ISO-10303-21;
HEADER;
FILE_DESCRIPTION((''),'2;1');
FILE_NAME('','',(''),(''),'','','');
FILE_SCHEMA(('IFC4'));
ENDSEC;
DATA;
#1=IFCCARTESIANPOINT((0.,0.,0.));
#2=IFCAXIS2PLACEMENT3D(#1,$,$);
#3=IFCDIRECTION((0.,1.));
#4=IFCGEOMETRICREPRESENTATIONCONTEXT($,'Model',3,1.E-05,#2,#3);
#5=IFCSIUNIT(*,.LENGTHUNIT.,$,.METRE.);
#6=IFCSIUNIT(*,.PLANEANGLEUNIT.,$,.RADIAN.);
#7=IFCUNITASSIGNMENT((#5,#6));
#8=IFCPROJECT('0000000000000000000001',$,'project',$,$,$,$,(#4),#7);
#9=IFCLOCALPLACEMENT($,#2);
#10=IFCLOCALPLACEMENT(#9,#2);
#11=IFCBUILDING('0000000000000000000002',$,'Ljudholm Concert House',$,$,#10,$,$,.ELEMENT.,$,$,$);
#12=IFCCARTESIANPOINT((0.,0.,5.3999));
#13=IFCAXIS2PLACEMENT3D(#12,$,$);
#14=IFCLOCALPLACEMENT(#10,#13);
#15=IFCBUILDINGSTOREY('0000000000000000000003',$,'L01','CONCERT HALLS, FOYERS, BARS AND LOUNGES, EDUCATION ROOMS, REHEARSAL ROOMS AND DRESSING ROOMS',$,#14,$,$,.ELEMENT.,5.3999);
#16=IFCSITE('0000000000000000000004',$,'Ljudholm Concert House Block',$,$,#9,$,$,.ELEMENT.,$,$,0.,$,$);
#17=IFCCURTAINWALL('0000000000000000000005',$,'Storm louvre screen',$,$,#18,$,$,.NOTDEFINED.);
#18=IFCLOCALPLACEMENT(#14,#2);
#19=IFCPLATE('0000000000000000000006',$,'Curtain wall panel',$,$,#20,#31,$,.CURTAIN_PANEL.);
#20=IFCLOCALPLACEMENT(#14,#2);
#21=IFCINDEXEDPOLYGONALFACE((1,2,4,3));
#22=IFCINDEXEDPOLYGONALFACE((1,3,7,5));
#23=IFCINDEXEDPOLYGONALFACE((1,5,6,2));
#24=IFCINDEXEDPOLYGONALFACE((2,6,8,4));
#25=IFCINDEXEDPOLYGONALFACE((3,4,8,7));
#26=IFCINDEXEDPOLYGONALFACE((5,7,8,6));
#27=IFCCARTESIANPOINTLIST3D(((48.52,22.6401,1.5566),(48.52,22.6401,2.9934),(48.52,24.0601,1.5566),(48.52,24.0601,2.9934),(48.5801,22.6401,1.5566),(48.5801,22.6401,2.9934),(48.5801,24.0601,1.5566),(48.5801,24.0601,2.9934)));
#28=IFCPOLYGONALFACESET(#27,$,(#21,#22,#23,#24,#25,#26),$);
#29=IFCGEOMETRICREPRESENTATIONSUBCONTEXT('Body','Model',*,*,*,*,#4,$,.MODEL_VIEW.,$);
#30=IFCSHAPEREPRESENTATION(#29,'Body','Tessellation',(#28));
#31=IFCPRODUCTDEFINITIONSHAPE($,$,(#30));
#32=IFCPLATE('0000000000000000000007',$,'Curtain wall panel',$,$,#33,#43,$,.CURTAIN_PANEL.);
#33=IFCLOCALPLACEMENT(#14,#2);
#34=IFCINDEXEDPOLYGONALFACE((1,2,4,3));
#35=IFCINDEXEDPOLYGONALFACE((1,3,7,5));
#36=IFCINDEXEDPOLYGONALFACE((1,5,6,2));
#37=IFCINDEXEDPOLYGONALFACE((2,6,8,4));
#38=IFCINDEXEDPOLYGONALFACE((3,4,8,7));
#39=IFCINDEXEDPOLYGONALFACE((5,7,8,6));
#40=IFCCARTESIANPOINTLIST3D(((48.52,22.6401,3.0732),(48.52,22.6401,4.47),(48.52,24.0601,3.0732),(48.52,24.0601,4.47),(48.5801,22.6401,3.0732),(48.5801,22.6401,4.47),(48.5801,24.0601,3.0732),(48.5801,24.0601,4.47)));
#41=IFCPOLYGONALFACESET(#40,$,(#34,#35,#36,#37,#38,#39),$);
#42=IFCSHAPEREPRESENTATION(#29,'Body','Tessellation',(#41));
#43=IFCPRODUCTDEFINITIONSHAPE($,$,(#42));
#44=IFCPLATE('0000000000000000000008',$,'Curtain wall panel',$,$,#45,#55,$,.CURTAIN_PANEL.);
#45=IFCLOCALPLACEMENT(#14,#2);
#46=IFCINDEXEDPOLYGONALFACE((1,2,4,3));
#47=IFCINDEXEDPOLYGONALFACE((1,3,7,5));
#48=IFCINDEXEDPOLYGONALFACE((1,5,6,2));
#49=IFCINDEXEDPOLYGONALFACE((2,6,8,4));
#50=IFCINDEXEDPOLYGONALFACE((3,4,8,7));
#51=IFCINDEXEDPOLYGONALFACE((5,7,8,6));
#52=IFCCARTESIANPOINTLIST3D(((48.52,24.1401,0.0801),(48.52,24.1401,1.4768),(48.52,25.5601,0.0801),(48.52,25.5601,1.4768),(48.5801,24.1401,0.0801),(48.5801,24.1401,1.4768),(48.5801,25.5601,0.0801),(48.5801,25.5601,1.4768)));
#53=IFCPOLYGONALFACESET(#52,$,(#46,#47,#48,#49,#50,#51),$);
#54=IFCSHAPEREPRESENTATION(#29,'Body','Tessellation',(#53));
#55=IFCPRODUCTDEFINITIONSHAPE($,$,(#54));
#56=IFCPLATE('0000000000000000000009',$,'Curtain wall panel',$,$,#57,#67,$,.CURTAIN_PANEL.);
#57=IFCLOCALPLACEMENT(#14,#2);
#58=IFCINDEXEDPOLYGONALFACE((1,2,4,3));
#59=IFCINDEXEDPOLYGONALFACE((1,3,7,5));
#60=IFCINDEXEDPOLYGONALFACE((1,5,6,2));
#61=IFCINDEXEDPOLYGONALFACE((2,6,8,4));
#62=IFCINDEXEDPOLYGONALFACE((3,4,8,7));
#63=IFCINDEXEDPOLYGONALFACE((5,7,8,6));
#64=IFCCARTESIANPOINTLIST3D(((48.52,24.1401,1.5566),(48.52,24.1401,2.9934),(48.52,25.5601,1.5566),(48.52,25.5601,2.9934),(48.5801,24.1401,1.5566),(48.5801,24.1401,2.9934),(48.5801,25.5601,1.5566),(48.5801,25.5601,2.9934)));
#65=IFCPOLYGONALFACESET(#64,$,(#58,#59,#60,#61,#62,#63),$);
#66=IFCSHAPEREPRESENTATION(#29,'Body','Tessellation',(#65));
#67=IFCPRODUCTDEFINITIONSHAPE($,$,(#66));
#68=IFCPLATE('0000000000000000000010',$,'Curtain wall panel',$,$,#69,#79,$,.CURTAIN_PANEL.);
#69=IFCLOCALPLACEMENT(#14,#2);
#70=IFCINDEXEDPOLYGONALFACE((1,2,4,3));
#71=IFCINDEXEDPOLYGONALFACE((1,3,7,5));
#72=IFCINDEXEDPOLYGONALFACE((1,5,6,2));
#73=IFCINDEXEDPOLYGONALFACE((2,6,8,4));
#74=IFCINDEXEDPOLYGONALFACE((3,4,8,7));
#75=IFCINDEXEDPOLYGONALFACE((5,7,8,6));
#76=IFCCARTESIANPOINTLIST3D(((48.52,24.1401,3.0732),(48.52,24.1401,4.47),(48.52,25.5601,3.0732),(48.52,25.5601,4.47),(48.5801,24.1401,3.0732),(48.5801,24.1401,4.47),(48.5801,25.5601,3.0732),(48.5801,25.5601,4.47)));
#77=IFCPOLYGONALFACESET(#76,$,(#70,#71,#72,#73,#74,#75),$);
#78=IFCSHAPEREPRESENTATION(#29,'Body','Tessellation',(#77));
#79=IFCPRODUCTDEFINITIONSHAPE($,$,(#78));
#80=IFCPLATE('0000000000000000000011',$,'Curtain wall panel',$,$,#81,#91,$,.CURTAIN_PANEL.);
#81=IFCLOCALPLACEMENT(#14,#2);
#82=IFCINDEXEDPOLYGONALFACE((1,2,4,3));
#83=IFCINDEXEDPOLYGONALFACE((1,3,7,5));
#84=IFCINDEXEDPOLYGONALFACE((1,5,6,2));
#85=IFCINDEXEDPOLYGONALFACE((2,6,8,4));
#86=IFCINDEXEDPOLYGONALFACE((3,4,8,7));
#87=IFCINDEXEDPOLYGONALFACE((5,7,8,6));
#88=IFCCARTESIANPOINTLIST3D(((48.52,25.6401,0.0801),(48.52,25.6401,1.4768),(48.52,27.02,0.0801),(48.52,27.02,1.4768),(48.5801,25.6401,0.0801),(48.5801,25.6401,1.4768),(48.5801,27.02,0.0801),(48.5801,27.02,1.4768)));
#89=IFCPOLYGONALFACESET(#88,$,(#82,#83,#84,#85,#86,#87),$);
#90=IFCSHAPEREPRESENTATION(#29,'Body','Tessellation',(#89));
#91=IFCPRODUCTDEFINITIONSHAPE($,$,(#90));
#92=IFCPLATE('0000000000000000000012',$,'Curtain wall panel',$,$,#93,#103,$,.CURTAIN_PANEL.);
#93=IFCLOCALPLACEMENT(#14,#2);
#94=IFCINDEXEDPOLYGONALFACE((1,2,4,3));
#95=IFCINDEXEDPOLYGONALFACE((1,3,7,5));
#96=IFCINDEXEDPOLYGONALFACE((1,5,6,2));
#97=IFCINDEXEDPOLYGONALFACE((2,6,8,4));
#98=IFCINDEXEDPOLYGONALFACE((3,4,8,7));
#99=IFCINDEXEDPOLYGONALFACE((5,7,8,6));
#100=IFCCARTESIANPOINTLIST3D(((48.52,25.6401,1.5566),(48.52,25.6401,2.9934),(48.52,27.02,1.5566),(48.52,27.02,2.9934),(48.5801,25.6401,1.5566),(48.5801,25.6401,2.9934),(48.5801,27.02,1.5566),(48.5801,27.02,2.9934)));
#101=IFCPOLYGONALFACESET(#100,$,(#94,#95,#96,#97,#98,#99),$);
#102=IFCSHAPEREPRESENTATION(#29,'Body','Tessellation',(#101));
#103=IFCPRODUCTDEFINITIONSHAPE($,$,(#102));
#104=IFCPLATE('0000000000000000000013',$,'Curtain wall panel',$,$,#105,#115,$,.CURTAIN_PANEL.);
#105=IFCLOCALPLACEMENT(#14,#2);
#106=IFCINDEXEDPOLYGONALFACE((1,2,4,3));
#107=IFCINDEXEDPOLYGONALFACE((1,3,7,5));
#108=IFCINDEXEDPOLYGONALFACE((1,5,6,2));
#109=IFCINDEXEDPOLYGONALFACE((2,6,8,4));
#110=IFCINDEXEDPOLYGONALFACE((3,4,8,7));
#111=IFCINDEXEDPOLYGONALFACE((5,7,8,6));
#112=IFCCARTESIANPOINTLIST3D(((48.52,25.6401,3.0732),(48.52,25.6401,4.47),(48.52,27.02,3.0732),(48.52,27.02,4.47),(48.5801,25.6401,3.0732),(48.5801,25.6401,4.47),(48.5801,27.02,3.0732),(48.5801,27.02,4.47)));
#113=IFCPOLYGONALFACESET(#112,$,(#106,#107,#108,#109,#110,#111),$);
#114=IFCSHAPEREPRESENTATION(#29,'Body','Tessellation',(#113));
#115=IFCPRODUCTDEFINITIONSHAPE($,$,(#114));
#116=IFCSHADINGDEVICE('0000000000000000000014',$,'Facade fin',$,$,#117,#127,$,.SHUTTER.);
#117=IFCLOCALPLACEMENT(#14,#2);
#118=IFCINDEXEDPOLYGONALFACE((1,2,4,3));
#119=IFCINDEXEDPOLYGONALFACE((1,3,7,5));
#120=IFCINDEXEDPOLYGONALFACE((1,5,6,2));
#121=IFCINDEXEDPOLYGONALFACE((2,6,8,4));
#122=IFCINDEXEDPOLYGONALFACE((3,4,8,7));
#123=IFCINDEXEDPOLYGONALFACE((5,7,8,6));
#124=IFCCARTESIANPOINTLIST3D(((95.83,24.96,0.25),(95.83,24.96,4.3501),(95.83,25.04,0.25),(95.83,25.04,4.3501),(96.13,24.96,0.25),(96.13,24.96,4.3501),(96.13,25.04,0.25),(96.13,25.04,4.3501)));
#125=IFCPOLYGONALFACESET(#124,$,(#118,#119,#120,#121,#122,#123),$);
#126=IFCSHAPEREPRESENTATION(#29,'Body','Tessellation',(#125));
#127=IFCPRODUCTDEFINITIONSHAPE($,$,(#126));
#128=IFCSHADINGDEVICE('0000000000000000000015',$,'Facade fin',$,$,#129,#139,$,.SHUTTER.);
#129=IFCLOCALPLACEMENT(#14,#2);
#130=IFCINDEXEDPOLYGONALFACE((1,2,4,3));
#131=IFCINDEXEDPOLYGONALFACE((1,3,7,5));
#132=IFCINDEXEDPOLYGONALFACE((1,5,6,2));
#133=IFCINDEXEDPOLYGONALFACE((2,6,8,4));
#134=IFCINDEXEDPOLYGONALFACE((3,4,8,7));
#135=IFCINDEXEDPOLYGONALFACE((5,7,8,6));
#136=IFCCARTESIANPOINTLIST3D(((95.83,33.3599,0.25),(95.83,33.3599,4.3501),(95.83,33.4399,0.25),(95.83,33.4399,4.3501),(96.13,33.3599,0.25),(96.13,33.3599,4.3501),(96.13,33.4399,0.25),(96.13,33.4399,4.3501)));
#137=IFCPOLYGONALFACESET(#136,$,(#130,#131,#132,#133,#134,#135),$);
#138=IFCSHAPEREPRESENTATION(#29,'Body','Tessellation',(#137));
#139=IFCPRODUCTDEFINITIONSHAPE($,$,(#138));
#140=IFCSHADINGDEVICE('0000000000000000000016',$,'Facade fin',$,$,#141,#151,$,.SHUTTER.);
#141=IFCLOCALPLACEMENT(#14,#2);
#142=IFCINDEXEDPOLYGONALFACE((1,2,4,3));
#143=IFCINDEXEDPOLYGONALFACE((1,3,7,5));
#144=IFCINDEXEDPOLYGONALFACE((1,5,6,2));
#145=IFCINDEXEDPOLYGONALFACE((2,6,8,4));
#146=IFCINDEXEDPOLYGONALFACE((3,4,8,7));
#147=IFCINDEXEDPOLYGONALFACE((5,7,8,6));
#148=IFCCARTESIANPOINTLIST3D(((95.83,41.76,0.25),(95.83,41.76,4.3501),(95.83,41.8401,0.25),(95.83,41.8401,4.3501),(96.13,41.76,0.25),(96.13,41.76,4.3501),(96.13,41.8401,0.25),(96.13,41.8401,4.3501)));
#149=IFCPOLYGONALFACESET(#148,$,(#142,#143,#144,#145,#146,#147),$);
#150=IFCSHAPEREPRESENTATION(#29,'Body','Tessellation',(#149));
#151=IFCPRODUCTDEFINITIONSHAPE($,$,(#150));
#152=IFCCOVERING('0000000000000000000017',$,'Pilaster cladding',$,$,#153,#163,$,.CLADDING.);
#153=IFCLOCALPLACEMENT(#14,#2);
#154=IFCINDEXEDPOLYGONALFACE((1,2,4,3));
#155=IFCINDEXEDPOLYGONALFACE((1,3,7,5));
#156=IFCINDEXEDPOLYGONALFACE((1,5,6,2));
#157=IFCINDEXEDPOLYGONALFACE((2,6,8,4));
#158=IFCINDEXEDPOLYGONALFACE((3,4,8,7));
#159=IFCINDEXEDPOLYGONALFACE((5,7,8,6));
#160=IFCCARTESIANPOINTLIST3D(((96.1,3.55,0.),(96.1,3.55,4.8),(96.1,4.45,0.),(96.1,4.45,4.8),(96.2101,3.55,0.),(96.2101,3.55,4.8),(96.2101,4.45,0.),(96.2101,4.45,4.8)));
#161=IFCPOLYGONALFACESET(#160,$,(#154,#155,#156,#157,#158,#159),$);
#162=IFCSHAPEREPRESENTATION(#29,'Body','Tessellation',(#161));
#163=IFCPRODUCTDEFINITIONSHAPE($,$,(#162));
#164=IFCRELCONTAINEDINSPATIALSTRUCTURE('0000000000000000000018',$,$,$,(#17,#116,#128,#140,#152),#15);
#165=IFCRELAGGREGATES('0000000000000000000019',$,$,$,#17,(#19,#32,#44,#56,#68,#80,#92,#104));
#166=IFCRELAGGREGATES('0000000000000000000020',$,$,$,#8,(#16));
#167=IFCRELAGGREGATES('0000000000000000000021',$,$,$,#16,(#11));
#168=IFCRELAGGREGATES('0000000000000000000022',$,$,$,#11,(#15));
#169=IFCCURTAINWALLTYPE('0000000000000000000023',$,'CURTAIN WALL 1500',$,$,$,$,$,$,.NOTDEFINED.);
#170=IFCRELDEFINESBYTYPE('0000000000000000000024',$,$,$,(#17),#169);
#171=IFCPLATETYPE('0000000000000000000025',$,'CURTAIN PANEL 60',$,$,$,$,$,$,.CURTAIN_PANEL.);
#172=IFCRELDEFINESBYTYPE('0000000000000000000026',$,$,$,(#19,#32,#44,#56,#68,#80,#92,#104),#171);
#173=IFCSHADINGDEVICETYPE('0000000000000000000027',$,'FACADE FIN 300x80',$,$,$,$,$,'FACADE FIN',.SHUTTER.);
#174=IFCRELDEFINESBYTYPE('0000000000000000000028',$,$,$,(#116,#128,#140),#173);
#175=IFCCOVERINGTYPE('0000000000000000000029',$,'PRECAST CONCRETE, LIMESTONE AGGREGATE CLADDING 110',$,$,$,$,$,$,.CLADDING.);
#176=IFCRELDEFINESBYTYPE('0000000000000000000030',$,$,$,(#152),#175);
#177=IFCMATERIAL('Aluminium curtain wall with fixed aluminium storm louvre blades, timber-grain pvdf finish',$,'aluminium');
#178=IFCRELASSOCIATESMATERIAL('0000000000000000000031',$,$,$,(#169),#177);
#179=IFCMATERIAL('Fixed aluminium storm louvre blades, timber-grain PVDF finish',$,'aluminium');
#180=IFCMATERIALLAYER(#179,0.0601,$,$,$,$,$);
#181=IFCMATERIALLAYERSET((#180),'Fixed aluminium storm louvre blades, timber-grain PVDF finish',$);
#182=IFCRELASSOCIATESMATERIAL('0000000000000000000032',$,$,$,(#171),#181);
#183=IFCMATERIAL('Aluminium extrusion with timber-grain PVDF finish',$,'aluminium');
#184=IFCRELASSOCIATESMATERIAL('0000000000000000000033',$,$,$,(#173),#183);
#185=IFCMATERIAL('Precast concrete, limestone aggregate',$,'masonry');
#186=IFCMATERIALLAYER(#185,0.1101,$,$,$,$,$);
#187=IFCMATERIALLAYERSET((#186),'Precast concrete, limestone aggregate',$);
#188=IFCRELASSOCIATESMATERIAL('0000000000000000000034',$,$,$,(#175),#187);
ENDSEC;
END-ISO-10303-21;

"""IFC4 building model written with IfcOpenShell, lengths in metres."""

from ifc_helpers import new_model, si_unit, direction, frame, origin, origin_2d, place, context, subcontext, project, spatial, rectangle, extrude, material, layer, layer_set, type_object, element, aggregate, save


model = new_model("IFC4")

# Units and contexts
model_context = context("Model", 3, precision=1e-05, world=origin(), true_north=direction((0.0, 1.0)))
body_context = subcontext(model_context, "Body", "Model", "MODEL_VIEW")
ifc_project = project(units=[si_unit("LENGTHUNIT", "METRE"), si_unit("PLANEANGLEUNIT", "RADIAN")], contexts=[model_context])

# Site, building, storey
site_placement = place(None, origin())
site = spatial("IfcSite", under=ifc_project, at=site_placement, Name="Ljudholm Concert House Block", CompositionType="ELEMENT", RefElevation=0.0)
building_placement = place(site_placement, origin())
building = spatial("IfcBuilding", under=site, at=building_placement, Name="Ljudholm Concert House", CompositionType="ELEMENT")
storey_placement = place(building_placement, frame((0.0, 0.0, 5.3999)))
storey = spatial("IfcBuildingStorey", under=building, at=storey_placement, Name="L01", Description="CONCERT HALLS, FOYERS, BARS AND LOUNGES, EDUCATION ROOMS, REHEARSAL ROOMS AND DRESSING ROOMS", CompositionType="ELEMENT", Elevation=5.3999)

# Curtain wall, plates
ifc_material_1 = material(Name="Aluminium curtain wall with fixed aluminium storm louvre blades, timber-grain pvdf finish", Category="aluminium")
curtain_wall_type = type_object("IfcCurtainWallType", Name="CURTAIN WALL 1500", PredefinedType="NOTDEFINED", material=ifc_material_1)
curtain_wall_placement = place(storey_placement, origin())
curtain_wall = element("IfcCurtainWall", 1, at=curtain_wall_placement, inside=storey, type_object=curtain_wall_type, Name="Storm louvre screen", PredefinedType="NOTDEFINED")
ifc_material_2 = material(Name="Fixed aluminium storm louvre blades, timber-grain PVDF finish", Category="aluminium")
ifc_layer_1 = layer(ifc_material_2, 0.0601)
ifc_layer_set_1 = layer_set([ifc_layer_1], Name="Fixed aluminium storm louvre blades, timber-grain PVDF finish")
plate_type = type_object("IfcPlateType", Name="CURTAIN PANEL 60", PredefinedType="CURTAIN_PANEL", material=ifc_layer_set_1)
plate_1_placement = place(storey_placement, frame((48.55, 23.3501, 1.5566), z_axis=(0.0, 0.0, 1.0), x_axis=(0.0, 1.0, 0.0)))
plate_1 = element("IfcPlate", 2, at=plate_1_placement, type_object=plate_type, Name="Curtain wall panel", PredefinedType="CURTAIN_PANEL", context=body_context, shape_type="SweptSolid", body=[
    extrude(rectangle(XDim=1.4199, YDim=0.0601, at=origin_2d()), origin(), (0.0, 0.0, 1.0), 1.4368),
])
plate_2_placement = place(storey_placement, frame((48.55, 23.3501, 3.0732), z_axis=(0.0, 0.0, 1.0), x_axis=(0.0, 1.0, 0.0)))
plate_2 = element("IfcPlate", 3, at=plate_2_placement, type_object=plate_type, Name="Curtain wall panel", PredefinedType="CURTAIN_PANEL", context=body_context, shape_type="SweptSolid", body=[
    extrude(rectangle(XDim=1.4199, YDim=0.0601, at=origin_2d()), origin(), (0.0, 0.0, 1.0), 1.3967),
])
plate_3_placement = place(storey_placement, frame((48.55, 24.8501, 0.0801), z_axis=(0.0, 0.0, 1.0), x_axis=(0.0, 1.0, 0.0)))
plate_3 = element("IfcPlate", 4, at=plate_3_placement, type_object=plate_type, Name="Curtain wall panel", PredefinedType="CURTAIN_PANEL", context=body_context, shape_type="SweptSolid", body=[
    extrude(rectangle(XDim=1.4199, YDim=0.0601, at=origin_2d()), origin(), (0.0, 0.0, 1.0), 1.3967),
])
plate_4_placement = place(storey_placement, frame((48.55, 24.8501, 1.5566), z_axis=(0.0, 0.0, 1.0), x_axis=(0.0, 1.0, 0.0)))
plate_4 = element("IfcPlate", 5, at=plate_4_placement, type_object=plate_type, Name="Curtain wall panel", PredefinedType="CURTAIN_PANEL", context=body_context, shape_type="SweptSolid", body=[
    extrude(rectangle(XDim=1.4199, YDim=0.0601, at=origin_2d()), origin(), (0.0, 0.0, 1.0), 1.4368),
])
plate_5_placement = place(storey_placement, frame((48.55, 24.8501, 3.0732), z_axis=(0.0, 0.0, 1.0), x_axis=(0.0, 1.0, 0.0)))
plate_5 = element("IfcPlate", 6, at=plate_5_placement, type_object=plate_type, Name="Curtain wall panel", PredefinedType="CURTAIN_PANEL", context=body_context, shape_type="SweptSolid", body=[
    extrude(rectangle(XDim=1.4199, YDim=0.0601, at=origin_2d()), origin(), (0.0, 0.0, 1.0), 1.3967),
])
plate_6_placement = place(storey_placement, frame((48.55, 26.3301, 0.0801), z_axis=(0.0, 0.0, 1.0), x_axis=(0.0, 1.0, 0.0)))
plate_6 = element("IfcPlate", 7, at=plate_6_placement, type_object=plate_type, Name="Curtain wall panel", PredefinedType="CURTAIN_PANEL", context=body_context, shape_type="SweptSolid", body=[
    extrude(rectangle(XDim=1.3799, YDim=0.0601, at=origin_2d()), origin(), (0.0, 0.0, 1.0), 1.3967),
])
plate_7_placement = place(storey_placement, frame((48.55, 26.3301, 1.5566), z_axis=(0.0, 0.0, 1.0), x_axis=(0.0, 1.0, 0.0)))
plate_7 = element("IfcPlate", 8, at=plate_7_placement, type_object=plate_type, Name="Curtain wall panel", PredefinedType="CURTAIN_PANEL", context=body_context, shape_type="SweptSolid", body=[
    extrude(rectangle(XDim=1.3799, YDim=0.0601, at=origin_2d()), origin(), (0.0, 0.0, 1.0), 1.4368),
])
plate_8_placement = place(storey_placement, frame((48.55, 26.3301, 3.0732), z_axis=(0.0, 0.0, 1.0), x_axis=(0.0, 1.0, 0.0)))
plate_8 = element("IfcPlate", 9, at=plate_8_placement, type_object=plate_type, Name="Curtain wall panel", PredefinedType="CURTAIN_PANEL", context=body_context, shape_type="SweptSolid", body=[
    extrude(rectangle(XDim=1.3799, YDim=0.0601, at=origin_2d()), origin(), (0.0, 0.0, 1.0), 1.3967),
])
aggregate(curtain_wall, [plate_1, plate_2, plate_3, plate_4, plate_5, plate_6, plate_7, plate_8])

# Shading devices
ifc_material_3 = material(Name="Aluminium extrusion with timber-grain PVDF finish", Category="aluminium")
shading_device_type = type_object("IfcShadingDeviceType", Name="FACADE FIN 300x80", ElementType="FACADE FIN", PredefinedType="SHUTTER", material=ifc_material_3)
for number, where, z_axis, x_axis, name in (
    (10, (95.98, 25.0, 0.25), (0.0, 0.0, 1.0), (-1.0, 0.0, 0.0), "Facade fin"),
    (11, (95.98, 33.3999, 0.25), (0.0, 0.0, 1.0), (-1.0, 0.0, 0.0), "Facade fin"),
    (12, (95.98, 41.8, 0.25), (0.0, 0.0, 1.0), (-1.0, 0.0, 0.0), "Facade fin"),
):
    element("IfcShadingDevice", number, at=place(storey_placement, frame(where, z_axis=z_axis, x_axis=x_axis)), inside=storey, type_object=shading_device_type, Name=name, PredefinedType="SHUTTER", context=body_context, shape_type="SweptSolid", body=[
        extrude(rectangle(XDim=0.3, YDim=0.0801, at=origin_2d()), origin(), (0.0, 0.0, 1.0), 4.1001),
    ])

# Covering
ifc_material_4 = material(Name="Precast concrete, limestone aggregate", Category="masonry")
ifc_layer_2 = layer(ifc_material_4, 0.1101)
ifc_layer_set_2 = layer_set([ifc_layer_2], Name="Precast concrete, limestone aggregate")
covering_type = type_object("IfcCoveringType", Name="PRECAST CONCRETE, LIMESTONE AGGREGATE CLADDING 110", PredefinedType="CLADDING", material=ifc_layer_set_2)
covering_placement = place(storey_placement, frame((96.155, 4.0, 0.0), z_axis=(0.0, 0.0, 1.0), x_axis=(-1.0, 0.0, 0.0)))
element("IfcCovering", 13, at=covering_placement, inside=storey, type_object=covering_type, Name="Pilaster cladding", PredefinedType="CLADDING", context=body_context, shape_type="SweptSolid", body=[
    extrude(rectangle(XDim=0.1101, YDim=0.8999, at=origin_2d()), origin(), (0.0, 0.0, 1.0), 4.8),
])

save(model, "model.ifc")
